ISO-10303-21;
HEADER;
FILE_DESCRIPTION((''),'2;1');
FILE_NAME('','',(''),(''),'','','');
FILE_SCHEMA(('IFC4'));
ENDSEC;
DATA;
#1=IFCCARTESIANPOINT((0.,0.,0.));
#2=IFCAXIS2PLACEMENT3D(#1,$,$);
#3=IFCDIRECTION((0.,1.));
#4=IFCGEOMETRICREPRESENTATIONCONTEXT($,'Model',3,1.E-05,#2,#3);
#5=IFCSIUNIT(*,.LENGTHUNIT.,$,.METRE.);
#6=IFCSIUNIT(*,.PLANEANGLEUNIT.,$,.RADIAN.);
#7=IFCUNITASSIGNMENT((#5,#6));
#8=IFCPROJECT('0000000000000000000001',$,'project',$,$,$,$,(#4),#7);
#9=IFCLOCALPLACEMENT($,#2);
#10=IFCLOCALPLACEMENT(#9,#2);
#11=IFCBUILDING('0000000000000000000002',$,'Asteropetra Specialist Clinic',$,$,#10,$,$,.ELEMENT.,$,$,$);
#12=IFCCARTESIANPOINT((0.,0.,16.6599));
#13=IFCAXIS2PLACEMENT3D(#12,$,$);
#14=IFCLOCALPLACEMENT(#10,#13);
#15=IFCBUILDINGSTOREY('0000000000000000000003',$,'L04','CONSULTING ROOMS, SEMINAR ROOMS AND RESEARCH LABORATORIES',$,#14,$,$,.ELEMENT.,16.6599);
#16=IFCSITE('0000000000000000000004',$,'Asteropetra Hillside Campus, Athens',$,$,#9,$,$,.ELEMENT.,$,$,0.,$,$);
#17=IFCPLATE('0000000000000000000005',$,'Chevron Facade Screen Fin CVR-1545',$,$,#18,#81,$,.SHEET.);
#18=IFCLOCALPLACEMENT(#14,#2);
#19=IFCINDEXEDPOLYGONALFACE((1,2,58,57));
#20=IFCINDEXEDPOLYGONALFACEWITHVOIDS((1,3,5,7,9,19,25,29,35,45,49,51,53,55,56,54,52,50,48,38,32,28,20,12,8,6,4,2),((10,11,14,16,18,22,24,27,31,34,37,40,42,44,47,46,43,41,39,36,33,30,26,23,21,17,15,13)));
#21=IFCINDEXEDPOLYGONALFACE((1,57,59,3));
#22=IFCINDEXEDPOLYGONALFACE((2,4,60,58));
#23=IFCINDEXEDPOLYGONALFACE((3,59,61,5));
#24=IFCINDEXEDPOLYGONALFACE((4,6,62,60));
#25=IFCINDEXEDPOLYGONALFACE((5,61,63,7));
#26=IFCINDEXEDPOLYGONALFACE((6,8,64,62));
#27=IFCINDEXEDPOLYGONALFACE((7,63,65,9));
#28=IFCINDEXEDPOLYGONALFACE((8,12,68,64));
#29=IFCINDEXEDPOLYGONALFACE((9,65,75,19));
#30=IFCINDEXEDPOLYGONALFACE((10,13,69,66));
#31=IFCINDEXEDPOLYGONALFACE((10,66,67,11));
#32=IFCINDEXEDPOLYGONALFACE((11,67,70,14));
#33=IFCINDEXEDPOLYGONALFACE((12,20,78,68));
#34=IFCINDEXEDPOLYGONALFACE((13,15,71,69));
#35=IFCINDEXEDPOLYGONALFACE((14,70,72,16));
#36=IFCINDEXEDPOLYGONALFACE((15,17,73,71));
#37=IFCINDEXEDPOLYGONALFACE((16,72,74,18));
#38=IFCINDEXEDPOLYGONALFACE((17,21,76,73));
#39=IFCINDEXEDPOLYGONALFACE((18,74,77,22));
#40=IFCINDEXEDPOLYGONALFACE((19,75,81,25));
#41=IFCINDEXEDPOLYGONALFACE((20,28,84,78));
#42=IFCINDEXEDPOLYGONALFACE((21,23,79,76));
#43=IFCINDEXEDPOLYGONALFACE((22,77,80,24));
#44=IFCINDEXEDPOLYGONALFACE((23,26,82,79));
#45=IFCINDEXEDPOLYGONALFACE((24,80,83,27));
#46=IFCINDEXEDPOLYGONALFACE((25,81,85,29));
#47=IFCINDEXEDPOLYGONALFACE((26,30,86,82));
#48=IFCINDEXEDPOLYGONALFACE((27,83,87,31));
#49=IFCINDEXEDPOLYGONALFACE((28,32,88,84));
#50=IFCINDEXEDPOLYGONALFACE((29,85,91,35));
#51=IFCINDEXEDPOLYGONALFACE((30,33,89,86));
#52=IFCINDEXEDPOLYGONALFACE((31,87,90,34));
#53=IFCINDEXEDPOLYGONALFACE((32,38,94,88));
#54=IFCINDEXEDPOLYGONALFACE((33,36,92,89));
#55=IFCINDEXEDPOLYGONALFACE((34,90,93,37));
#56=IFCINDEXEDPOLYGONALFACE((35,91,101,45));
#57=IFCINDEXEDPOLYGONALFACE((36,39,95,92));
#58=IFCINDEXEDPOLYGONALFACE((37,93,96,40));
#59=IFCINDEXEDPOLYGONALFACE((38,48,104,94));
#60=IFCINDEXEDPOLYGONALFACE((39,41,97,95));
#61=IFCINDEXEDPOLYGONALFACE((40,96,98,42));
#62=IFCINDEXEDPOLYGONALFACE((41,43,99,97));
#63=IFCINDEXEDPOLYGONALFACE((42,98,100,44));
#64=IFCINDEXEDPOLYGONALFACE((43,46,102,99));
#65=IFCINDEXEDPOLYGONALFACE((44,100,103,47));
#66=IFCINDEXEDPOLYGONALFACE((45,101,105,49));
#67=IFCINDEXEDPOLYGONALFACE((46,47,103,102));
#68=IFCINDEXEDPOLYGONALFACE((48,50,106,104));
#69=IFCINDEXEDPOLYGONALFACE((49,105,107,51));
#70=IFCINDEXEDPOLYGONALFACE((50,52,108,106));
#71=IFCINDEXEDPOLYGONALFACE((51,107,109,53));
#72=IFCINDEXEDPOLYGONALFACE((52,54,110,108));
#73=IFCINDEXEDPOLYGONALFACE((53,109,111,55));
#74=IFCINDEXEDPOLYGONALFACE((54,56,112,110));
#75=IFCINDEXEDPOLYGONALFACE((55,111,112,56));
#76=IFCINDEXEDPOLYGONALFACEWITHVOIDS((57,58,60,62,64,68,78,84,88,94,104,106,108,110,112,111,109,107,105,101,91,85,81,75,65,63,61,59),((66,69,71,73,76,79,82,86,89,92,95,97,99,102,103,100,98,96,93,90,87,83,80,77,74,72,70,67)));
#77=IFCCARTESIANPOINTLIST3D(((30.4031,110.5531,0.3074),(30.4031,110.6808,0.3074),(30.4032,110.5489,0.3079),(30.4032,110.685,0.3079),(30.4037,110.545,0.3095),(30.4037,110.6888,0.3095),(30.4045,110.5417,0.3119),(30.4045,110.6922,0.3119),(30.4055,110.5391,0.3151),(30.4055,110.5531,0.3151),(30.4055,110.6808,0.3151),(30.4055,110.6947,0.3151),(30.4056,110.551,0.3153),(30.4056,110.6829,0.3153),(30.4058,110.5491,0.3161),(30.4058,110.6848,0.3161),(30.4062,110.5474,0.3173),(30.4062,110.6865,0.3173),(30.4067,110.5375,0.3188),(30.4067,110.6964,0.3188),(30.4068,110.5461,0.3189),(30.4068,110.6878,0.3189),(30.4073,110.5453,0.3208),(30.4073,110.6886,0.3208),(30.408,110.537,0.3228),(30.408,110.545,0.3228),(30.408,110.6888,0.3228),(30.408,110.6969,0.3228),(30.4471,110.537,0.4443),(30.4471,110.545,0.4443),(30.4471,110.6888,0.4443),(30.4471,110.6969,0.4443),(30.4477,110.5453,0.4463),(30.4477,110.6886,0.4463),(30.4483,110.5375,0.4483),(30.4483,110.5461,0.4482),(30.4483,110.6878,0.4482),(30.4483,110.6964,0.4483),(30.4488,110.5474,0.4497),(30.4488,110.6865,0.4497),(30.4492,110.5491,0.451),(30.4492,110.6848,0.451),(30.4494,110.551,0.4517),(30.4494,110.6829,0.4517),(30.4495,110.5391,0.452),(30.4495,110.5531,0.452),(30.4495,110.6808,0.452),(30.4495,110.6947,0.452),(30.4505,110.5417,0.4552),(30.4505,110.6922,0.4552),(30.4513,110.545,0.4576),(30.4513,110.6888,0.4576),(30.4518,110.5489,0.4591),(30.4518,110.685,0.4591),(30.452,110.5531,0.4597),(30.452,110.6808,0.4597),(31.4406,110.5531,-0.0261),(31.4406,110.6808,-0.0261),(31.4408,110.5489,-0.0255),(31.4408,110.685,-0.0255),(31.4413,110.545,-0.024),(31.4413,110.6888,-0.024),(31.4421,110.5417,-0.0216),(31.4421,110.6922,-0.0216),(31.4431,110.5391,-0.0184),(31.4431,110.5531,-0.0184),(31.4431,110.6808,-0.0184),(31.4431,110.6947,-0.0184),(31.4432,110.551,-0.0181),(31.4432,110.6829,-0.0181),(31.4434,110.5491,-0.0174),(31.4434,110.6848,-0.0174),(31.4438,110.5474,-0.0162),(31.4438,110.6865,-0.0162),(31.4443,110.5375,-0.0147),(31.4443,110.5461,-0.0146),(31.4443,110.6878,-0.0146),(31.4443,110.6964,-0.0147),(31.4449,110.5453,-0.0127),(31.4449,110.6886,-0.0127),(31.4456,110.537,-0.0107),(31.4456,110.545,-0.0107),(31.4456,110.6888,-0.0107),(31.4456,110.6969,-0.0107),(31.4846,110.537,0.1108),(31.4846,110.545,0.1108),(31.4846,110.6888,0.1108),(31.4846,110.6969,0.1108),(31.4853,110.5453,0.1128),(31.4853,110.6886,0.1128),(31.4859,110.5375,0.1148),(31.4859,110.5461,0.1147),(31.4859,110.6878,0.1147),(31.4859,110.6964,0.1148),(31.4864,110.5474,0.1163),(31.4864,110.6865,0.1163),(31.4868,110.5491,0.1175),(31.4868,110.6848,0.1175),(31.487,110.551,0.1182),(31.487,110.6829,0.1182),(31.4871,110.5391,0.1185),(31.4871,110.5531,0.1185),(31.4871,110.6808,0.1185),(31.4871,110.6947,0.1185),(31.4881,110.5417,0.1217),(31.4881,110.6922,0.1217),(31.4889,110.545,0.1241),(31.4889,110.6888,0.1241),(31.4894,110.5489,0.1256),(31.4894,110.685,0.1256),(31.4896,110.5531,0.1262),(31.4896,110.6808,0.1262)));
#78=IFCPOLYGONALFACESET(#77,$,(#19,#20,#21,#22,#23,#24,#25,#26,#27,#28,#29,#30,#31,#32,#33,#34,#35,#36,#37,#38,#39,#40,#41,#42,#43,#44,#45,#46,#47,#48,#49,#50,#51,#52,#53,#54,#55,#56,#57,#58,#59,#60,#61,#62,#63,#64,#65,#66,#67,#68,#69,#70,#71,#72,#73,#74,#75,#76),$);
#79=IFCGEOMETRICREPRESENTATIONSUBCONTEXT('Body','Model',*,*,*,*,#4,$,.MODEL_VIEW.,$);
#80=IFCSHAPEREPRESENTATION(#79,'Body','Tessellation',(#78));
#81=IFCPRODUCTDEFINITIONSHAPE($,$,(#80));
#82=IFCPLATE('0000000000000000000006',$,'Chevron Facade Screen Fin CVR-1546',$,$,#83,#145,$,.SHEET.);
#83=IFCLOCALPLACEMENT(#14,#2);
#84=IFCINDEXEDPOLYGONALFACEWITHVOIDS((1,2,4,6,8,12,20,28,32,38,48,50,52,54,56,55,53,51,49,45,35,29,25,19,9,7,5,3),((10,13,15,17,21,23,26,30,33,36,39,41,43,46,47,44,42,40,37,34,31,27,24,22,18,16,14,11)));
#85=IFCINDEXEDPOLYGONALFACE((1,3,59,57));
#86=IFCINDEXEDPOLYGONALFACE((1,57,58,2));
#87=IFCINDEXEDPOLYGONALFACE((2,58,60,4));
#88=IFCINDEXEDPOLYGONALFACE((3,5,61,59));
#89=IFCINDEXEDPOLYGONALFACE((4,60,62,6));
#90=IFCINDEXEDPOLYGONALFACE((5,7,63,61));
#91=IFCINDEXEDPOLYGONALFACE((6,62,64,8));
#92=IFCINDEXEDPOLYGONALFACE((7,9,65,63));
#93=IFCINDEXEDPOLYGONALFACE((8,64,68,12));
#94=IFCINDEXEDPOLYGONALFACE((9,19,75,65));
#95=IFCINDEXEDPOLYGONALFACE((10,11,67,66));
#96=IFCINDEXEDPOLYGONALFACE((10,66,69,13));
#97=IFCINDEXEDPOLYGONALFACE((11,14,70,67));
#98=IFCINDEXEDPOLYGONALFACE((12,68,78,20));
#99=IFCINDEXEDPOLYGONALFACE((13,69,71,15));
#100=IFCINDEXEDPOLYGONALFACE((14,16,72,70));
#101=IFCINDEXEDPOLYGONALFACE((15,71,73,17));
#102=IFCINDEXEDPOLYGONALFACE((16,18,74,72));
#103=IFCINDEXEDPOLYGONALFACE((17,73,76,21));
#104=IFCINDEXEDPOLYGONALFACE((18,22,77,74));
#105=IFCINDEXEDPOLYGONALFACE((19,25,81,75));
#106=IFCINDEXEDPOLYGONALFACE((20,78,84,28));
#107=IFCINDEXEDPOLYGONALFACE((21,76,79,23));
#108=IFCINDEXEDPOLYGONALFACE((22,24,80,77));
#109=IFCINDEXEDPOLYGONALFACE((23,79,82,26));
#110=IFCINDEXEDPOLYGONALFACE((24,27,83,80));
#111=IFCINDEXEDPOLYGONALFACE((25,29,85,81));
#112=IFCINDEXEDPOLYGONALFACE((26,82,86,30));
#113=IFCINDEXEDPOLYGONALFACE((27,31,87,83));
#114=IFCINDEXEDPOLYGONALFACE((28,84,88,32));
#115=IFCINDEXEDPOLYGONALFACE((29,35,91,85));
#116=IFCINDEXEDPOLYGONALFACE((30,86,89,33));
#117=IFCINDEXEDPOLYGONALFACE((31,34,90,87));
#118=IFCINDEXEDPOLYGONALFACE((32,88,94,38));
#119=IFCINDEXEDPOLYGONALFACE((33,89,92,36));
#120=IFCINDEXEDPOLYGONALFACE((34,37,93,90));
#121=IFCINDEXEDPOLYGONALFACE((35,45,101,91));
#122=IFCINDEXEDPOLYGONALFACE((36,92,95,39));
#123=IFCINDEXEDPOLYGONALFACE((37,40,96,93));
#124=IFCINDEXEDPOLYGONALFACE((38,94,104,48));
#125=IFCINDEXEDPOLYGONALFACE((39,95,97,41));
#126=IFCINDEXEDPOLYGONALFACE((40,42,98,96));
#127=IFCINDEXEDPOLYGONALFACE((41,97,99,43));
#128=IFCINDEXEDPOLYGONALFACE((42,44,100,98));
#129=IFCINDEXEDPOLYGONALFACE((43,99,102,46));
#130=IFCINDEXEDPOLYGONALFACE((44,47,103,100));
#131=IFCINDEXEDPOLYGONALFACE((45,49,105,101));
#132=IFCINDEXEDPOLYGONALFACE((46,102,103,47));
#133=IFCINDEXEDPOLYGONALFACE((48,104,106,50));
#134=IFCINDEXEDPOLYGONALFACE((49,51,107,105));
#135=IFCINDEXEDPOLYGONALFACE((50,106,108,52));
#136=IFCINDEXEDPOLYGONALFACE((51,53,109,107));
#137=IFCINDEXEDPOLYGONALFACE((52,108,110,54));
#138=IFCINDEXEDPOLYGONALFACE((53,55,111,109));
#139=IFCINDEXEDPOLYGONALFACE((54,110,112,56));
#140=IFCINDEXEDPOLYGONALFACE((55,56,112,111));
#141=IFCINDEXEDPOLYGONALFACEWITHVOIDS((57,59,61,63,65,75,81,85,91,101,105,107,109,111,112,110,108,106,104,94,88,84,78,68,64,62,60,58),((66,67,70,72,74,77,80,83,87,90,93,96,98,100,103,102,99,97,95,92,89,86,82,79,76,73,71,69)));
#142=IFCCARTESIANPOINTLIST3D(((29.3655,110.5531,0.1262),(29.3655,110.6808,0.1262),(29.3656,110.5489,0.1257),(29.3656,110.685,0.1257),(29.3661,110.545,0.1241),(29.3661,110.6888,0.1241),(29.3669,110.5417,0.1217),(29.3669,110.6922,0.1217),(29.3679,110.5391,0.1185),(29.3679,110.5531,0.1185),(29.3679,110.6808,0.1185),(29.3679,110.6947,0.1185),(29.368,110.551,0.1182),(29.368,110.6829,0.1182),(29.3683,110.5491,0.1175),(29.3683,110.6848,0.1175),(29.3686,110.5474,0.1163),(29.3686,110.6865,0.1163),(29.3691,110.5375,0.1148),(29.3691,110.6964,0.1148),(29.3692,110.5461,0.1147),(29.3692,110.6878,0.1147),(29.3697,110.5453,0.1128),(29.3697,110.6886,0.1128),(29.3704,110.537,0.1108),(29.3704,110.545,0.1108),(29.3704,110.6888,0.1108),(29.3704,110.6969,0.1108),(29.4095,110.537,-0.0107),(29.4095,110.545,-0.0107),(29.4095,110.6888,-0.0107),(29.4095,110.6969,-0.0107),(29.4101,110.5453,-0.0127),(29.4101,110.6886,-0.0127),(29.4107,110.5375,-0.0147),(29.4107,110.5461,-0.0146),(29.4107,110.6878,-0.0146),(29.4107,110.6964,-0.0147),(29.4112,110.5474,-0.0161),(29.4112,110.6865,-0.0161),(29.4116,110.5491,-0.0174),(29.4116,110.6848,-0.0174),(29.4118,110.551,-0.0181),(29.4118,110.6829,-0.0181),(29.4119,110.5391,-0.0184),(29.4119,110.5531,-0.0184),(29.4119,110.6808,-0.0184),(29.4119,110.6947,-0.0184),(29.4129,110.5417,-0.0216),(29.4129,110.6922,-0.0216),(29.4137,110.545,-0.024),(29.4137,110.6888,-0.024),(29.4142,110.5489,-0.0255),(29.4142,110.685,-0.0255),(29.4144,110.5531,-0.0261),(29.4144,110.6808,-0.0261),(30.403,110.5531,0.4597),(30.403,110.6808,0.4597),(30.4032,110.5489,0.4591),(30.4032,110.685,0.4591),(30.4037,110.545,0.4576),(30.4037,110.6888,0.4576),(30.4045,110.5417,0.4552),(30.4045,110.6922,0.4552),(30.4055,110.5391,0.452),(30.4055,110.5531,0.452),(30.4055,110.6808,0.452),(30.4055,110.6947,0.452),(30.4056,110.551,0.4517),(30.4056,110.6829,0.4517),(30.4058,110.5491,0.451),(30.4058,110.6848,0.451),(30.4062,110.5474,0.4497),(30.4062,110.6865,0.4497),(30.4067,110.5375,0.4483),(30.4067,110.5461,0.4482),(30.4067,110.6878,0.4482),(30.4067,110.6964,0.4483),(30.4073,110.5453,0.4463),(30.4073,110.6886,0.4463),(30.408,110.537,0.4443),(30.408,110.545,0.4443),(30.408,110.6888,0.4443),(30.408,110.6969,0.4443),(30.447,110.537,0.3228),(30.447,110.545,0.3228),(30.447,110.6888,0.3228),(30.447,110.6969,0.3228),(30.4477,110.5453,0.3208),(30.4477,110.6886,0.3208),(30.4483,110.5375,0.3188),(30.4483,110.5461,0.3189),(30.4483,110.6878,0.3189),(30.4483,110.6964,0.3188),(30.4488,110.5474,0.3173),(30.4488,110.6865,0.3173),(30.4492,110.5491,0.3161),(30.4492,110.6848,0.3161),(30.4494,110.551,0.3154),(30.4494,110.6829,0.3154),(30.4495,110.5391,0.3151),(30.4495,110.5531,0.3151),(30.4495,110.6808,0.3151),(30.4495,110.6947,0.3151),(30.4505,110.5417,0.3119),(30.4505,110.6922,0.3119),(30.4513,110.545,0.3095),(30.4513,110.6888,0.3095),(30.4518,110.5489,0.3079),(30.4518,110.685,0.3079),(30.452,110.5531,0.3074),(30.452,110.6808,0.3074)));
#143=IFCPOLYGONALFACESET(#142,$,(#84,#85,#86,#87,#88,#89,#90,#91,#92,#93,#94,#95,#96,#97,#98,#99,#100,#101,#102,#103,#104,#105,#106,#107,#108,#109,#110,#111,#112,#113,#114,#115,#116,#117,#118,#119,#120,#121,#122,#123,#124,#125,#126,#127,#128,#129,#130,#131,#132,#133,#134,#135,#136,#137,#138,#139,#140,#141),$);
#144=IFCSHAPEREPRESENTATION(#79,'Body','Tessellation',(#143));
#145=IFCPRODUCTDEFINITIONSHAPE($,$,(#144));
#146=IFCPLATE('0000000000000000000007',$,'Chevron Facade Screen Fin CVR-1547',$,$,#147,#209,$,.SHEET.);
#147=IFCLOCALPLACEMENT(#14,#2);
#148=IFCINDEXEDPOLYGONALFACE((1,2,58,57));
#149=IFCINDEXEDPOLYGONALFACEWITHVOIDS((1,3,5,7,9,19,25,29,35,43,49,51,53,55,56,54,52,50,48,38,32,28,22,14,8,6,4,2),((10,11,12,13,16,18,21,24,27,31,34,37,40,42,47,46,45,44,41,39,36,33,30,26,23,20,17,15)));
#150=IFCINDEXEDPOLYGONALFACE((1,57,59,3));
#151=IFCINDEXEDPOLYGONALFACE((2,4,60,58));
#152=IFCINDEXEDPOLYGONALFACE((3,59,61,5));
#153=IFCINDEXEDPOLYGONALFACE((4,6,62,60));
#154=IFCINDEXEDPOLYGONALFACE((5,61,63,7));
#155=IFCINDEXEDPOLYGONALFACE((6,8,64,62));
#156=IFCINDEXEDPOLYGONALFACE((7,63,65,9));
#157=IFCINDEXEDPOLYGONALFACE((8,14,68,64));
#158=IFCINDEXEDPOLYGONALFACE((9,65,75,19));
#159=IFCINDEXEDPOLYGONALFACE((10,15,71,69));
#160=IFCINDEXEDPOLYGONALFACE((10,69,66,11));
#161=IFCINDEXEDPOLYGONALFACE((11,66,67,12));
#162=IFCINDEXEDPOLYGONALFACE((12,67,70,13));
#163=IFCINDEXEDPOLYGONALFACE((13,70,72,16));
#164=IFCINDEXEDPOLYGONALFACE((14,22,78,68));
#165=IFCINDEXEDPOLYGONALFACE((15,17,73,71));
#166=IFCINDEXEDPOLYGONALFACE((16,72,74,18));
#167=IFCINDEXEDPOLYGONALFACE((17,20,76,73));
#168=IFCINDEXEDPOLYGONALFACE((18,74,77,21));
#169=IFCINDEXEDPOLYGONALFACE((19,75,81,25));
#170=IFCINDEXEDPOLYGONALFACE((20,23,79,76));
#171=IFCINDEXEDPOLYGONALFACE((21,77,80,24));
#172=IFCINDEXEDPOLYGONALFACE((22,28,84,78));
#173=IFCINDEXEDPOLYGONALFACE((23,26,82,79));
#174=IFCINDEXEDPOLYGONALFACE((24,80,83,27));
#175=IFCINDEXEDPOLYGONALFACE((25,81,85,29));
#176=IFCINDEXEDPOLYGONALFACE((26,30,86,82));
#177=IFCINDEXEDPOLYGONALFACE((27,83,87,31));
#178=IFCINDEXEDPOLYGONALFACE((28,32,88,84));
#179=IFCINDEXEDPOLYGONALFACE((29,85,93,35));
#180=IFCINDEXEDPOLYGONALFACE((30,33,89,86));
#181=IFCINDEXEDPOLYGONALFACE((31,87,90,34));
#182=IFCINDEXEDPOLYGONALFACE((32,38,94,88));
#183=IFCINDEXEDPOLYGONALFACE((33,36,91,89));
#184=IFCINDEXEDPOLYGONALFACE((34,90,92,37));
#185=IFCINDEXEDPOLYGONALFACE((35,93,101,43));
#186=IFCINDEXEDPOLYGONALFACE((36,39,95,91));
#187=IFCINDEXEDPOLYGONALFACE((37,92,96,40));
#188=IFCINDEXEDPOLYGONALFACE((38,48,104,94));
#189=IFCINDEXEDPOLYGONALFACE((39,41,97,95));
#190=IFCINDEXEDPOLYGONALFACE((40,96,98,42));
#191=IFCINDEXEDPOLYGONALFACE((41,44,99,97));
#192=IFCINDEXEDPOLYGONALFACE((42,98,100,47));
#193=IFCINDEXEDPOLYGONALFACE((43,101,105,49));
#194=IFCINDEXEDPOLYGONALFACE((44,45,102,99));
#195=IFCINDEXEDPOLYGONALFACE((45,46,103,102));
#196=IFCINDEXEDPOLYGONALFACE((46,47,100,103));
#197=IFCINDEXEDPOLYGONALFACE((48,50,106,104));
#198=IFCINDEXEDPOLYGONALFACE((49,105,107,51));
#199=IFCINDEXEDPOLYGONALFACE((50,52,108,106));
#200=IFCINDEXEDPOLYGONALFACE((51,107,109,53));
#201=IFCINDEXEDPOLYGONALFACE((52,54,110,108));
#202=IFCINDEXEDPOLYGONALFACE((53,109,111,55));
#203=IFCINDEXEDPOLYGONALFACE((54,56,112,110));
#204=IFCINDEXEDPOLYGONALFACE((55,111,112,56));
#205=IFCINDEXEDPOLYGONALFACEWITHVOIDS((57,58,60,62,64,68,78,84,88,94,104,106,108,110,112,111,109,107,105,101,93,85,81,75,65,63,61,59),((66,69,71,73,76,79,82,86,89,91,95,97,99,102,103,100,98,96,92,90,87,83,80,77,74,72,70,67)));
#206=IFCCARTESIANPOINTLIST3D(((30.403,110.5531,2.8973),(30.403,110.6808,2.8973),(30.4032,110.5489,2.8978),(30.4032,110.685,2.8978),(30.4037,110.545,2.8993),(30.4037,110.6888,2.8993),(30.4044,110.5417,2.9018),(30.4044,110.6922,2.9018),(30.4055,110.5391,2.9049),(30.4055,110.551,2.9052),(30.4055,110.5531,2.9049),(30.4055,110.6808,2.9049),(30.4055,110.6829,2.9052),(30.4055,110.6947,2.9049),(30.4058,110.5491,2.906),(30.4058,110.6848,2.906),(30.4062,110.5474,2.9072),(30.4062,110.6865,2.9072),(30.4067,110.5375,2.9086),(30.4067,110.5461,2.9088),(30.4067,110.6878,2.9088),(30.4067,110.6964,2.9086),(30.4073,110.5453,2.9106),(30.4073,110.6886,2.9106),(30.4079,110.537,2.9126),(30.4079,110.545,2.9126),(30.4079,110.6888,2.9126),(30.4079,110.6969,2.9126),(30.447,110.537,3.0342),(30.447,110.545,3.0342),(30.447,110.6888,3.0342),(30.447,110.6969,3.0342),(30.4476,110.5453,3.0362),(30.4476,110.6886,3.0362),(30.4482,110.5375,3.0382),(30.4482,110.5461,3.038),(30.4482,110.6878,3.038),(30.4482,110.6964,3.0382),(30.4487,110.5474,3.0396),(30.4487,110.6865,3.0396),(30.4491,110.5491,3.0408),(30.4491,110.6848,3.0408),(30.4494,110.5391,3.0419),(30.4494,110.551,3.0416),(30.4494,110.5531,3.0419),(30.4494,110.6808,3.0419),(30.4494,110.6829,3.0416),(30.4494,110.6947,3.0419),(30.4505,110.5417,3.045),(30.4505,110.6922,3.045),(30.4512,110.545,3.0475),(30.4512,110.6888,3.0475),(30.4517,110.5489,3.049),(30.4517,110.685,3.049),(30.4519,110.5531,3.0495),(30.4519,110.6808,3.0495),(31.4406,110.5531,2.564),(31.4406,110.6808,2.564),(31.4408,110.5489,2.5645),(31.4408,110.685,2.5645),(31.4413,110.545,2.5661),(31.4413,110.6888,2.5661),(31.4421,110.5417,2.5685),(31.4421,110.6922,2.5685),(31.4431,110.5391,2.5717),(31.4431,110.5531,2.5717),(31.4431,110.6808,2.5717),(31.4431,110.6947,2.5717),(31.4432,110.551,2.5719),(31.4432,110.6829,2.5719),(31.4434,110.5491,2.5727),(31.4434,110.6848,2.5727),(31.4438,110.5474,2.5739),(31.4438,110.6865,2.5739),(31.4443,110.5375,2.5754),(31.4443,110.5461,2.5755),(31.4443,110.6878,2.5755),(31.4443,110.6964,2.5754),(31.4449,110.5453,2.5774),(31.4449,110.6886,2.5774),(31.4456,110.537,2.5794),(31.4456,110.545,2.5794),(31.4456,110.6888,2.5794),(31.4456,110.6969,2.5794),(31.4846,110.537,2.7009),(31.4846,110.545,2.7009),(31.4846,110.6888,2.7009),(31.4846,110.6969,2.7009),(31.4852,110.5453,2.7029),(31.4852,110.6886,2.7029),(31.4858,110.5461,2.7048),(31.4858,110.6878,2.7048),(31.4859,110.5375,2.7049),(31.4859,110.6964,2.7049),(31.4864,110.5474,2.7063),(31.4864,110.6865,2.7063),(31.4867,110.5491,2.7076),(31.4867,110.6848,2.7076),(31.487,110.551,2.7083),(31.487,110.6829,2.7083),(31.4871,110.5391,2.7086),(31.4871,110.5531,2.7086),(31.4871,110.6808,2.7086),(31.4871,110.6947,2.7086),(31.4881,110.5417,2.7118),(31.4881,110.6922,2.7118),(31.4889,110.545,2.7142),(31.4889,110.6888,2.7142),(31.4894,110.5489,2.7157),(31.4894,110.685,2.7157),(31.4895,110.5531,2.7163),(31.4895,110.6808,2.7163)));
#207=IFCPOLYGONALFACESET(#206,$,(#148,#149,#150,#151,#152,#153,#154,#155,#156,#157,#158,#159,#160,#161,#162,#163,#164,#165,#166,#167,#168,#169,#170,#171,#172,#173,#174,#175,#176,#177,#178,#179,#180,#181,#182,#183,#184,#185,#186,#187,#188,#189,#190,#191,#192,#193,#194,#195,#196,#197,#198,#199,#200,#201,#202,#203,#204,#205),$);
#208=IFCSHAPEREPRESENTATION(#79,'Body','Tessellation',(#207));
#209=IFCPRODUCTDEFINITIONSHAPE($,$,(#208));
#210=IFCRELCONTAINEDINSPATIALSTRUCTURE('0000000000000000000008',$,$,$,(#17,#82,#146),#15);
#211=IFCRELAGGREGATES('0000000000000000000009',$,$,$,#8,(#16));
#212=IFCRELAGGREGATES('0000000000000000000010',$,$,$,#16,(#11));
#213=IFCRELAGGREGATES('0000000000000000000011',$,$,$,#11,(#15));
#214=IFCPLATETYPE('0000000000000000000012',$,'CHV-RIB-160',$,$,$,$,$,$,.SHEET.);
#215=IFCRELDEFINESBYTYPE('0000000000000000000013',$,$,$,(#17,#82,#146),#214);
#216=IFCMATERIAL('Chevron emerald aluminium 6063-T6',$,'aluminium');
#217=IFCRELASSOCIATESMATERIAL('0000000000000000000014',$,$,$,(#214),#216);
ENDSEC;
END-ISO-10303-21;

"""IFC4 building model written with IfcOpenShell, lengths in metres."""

from ifc_helpers import new_model, si_unit, direction, frame, origin, origin_2d, place, context, subcontext, project, spatial, hollow_rectangle, extrude, material, material_profile, profile_set, type_object, element, save


model = new_model("IFC4")

# Units and contexts
model_context = context("Model", 3, precision=1e-05, world=origin(), true_north=direction((0.0, 1.0)))
body_context = subcontext(model_context, "Body", "Model", "MODEL_VIEW")
ifc_project = project(units=[si_unit("LENGTHUNIT", "METRE"), si_unit("PLANEANGLEUNIT", "RADIAN")], contexts=[model_context])

# Site, building, storey
site_placement = place(None, origin())
site = spatial("IfcSite", under=ifc_project, at=site_placement, Name="Asteropetra Hillside Campus, Athens", CompositionType="ELEMENT", RefElevation=0.0)
building_placement = place(site_placement, origin())
building = spatial("IfcBuilding", under=site, at=building_placement, Name="Asteropetra Specialist Clinic", CompositionType="ELEMENT")
storey_placement = place(building_placement, frame((0.0, 0.0, 16.6599)))
storey = spatial("IfcBuildingStorey", under=building, at=storey_placement, Name="L04", Description="CONSULTING ROOMS, SEMINAR ROOMS AND RESEARCH LABORATORIES", CompositionType="ELEMENT", Elevation=16.6599)

# Plates
ifc_material_1 = material(Name="Chevron emerald aluminium 6063-T6", Category="aluminium")
ifc_material_profile = material_profile(ifc_material_1, hollow_rectangle(XDim=0.1599, YDim=0.1599, WallThickness=0.0081, InnerFilletRadius=0.0081, OuterFilletRadius=0.0161, at=origin_2d()), Name="SHS 160x160x8.0")
ifc_profile_set = profile_set([ifc_material_profile], Name="Chevron emerald aluminium 6063-T6")
plate_type_1 = type_object("IfcPlateType", Name="CHV-RIB-160", PredefinedType="SHEET", material=ifc_profile_set)
for number, where, z_axis, x_axis, name in (
    (1, (31.4651, 110.6169, 0.05), (-0.952033, 0.0, 0.305995), (0.0, -1.0, 0.0), "Chevron Facade Screen Fin CVR-1545"),
    (2, (30.4275, 110.6169, 0.3835), (-0.952033, 0.0, -0.305995), (0.0, -1.0, 0.0), "Chevron Facade Screen Fin CVR-1546"),
    (3, (31.4651, 110.6169, 2.6401), (-0.952098, 0.0, 0.305792), (0.0, -1.0, 0.0), "Chevron Facade Screen Fin CVR-1547"),
):
    element("IfcPlate", number, at=place(storey_placement, frame(where, z_axis=z_axis, x_axis=x_axis)), inside=storey, type_object=plate_type_1, Name=name, PredefinedType="SHEET", context=body_context, shape_type="SweptSolid", body=[
        extrude(hollow_rectangle(XDim=0.1599, YDim=0.1599, WallThickness=0.0081, InnerFilletRadius=0.0081, OuterFilletRadius=0.0161, at=origin_2d()), origin(), (0.0, 0.0, 1.0), 1.0898),
    ])

save(model, "model.ifc")
